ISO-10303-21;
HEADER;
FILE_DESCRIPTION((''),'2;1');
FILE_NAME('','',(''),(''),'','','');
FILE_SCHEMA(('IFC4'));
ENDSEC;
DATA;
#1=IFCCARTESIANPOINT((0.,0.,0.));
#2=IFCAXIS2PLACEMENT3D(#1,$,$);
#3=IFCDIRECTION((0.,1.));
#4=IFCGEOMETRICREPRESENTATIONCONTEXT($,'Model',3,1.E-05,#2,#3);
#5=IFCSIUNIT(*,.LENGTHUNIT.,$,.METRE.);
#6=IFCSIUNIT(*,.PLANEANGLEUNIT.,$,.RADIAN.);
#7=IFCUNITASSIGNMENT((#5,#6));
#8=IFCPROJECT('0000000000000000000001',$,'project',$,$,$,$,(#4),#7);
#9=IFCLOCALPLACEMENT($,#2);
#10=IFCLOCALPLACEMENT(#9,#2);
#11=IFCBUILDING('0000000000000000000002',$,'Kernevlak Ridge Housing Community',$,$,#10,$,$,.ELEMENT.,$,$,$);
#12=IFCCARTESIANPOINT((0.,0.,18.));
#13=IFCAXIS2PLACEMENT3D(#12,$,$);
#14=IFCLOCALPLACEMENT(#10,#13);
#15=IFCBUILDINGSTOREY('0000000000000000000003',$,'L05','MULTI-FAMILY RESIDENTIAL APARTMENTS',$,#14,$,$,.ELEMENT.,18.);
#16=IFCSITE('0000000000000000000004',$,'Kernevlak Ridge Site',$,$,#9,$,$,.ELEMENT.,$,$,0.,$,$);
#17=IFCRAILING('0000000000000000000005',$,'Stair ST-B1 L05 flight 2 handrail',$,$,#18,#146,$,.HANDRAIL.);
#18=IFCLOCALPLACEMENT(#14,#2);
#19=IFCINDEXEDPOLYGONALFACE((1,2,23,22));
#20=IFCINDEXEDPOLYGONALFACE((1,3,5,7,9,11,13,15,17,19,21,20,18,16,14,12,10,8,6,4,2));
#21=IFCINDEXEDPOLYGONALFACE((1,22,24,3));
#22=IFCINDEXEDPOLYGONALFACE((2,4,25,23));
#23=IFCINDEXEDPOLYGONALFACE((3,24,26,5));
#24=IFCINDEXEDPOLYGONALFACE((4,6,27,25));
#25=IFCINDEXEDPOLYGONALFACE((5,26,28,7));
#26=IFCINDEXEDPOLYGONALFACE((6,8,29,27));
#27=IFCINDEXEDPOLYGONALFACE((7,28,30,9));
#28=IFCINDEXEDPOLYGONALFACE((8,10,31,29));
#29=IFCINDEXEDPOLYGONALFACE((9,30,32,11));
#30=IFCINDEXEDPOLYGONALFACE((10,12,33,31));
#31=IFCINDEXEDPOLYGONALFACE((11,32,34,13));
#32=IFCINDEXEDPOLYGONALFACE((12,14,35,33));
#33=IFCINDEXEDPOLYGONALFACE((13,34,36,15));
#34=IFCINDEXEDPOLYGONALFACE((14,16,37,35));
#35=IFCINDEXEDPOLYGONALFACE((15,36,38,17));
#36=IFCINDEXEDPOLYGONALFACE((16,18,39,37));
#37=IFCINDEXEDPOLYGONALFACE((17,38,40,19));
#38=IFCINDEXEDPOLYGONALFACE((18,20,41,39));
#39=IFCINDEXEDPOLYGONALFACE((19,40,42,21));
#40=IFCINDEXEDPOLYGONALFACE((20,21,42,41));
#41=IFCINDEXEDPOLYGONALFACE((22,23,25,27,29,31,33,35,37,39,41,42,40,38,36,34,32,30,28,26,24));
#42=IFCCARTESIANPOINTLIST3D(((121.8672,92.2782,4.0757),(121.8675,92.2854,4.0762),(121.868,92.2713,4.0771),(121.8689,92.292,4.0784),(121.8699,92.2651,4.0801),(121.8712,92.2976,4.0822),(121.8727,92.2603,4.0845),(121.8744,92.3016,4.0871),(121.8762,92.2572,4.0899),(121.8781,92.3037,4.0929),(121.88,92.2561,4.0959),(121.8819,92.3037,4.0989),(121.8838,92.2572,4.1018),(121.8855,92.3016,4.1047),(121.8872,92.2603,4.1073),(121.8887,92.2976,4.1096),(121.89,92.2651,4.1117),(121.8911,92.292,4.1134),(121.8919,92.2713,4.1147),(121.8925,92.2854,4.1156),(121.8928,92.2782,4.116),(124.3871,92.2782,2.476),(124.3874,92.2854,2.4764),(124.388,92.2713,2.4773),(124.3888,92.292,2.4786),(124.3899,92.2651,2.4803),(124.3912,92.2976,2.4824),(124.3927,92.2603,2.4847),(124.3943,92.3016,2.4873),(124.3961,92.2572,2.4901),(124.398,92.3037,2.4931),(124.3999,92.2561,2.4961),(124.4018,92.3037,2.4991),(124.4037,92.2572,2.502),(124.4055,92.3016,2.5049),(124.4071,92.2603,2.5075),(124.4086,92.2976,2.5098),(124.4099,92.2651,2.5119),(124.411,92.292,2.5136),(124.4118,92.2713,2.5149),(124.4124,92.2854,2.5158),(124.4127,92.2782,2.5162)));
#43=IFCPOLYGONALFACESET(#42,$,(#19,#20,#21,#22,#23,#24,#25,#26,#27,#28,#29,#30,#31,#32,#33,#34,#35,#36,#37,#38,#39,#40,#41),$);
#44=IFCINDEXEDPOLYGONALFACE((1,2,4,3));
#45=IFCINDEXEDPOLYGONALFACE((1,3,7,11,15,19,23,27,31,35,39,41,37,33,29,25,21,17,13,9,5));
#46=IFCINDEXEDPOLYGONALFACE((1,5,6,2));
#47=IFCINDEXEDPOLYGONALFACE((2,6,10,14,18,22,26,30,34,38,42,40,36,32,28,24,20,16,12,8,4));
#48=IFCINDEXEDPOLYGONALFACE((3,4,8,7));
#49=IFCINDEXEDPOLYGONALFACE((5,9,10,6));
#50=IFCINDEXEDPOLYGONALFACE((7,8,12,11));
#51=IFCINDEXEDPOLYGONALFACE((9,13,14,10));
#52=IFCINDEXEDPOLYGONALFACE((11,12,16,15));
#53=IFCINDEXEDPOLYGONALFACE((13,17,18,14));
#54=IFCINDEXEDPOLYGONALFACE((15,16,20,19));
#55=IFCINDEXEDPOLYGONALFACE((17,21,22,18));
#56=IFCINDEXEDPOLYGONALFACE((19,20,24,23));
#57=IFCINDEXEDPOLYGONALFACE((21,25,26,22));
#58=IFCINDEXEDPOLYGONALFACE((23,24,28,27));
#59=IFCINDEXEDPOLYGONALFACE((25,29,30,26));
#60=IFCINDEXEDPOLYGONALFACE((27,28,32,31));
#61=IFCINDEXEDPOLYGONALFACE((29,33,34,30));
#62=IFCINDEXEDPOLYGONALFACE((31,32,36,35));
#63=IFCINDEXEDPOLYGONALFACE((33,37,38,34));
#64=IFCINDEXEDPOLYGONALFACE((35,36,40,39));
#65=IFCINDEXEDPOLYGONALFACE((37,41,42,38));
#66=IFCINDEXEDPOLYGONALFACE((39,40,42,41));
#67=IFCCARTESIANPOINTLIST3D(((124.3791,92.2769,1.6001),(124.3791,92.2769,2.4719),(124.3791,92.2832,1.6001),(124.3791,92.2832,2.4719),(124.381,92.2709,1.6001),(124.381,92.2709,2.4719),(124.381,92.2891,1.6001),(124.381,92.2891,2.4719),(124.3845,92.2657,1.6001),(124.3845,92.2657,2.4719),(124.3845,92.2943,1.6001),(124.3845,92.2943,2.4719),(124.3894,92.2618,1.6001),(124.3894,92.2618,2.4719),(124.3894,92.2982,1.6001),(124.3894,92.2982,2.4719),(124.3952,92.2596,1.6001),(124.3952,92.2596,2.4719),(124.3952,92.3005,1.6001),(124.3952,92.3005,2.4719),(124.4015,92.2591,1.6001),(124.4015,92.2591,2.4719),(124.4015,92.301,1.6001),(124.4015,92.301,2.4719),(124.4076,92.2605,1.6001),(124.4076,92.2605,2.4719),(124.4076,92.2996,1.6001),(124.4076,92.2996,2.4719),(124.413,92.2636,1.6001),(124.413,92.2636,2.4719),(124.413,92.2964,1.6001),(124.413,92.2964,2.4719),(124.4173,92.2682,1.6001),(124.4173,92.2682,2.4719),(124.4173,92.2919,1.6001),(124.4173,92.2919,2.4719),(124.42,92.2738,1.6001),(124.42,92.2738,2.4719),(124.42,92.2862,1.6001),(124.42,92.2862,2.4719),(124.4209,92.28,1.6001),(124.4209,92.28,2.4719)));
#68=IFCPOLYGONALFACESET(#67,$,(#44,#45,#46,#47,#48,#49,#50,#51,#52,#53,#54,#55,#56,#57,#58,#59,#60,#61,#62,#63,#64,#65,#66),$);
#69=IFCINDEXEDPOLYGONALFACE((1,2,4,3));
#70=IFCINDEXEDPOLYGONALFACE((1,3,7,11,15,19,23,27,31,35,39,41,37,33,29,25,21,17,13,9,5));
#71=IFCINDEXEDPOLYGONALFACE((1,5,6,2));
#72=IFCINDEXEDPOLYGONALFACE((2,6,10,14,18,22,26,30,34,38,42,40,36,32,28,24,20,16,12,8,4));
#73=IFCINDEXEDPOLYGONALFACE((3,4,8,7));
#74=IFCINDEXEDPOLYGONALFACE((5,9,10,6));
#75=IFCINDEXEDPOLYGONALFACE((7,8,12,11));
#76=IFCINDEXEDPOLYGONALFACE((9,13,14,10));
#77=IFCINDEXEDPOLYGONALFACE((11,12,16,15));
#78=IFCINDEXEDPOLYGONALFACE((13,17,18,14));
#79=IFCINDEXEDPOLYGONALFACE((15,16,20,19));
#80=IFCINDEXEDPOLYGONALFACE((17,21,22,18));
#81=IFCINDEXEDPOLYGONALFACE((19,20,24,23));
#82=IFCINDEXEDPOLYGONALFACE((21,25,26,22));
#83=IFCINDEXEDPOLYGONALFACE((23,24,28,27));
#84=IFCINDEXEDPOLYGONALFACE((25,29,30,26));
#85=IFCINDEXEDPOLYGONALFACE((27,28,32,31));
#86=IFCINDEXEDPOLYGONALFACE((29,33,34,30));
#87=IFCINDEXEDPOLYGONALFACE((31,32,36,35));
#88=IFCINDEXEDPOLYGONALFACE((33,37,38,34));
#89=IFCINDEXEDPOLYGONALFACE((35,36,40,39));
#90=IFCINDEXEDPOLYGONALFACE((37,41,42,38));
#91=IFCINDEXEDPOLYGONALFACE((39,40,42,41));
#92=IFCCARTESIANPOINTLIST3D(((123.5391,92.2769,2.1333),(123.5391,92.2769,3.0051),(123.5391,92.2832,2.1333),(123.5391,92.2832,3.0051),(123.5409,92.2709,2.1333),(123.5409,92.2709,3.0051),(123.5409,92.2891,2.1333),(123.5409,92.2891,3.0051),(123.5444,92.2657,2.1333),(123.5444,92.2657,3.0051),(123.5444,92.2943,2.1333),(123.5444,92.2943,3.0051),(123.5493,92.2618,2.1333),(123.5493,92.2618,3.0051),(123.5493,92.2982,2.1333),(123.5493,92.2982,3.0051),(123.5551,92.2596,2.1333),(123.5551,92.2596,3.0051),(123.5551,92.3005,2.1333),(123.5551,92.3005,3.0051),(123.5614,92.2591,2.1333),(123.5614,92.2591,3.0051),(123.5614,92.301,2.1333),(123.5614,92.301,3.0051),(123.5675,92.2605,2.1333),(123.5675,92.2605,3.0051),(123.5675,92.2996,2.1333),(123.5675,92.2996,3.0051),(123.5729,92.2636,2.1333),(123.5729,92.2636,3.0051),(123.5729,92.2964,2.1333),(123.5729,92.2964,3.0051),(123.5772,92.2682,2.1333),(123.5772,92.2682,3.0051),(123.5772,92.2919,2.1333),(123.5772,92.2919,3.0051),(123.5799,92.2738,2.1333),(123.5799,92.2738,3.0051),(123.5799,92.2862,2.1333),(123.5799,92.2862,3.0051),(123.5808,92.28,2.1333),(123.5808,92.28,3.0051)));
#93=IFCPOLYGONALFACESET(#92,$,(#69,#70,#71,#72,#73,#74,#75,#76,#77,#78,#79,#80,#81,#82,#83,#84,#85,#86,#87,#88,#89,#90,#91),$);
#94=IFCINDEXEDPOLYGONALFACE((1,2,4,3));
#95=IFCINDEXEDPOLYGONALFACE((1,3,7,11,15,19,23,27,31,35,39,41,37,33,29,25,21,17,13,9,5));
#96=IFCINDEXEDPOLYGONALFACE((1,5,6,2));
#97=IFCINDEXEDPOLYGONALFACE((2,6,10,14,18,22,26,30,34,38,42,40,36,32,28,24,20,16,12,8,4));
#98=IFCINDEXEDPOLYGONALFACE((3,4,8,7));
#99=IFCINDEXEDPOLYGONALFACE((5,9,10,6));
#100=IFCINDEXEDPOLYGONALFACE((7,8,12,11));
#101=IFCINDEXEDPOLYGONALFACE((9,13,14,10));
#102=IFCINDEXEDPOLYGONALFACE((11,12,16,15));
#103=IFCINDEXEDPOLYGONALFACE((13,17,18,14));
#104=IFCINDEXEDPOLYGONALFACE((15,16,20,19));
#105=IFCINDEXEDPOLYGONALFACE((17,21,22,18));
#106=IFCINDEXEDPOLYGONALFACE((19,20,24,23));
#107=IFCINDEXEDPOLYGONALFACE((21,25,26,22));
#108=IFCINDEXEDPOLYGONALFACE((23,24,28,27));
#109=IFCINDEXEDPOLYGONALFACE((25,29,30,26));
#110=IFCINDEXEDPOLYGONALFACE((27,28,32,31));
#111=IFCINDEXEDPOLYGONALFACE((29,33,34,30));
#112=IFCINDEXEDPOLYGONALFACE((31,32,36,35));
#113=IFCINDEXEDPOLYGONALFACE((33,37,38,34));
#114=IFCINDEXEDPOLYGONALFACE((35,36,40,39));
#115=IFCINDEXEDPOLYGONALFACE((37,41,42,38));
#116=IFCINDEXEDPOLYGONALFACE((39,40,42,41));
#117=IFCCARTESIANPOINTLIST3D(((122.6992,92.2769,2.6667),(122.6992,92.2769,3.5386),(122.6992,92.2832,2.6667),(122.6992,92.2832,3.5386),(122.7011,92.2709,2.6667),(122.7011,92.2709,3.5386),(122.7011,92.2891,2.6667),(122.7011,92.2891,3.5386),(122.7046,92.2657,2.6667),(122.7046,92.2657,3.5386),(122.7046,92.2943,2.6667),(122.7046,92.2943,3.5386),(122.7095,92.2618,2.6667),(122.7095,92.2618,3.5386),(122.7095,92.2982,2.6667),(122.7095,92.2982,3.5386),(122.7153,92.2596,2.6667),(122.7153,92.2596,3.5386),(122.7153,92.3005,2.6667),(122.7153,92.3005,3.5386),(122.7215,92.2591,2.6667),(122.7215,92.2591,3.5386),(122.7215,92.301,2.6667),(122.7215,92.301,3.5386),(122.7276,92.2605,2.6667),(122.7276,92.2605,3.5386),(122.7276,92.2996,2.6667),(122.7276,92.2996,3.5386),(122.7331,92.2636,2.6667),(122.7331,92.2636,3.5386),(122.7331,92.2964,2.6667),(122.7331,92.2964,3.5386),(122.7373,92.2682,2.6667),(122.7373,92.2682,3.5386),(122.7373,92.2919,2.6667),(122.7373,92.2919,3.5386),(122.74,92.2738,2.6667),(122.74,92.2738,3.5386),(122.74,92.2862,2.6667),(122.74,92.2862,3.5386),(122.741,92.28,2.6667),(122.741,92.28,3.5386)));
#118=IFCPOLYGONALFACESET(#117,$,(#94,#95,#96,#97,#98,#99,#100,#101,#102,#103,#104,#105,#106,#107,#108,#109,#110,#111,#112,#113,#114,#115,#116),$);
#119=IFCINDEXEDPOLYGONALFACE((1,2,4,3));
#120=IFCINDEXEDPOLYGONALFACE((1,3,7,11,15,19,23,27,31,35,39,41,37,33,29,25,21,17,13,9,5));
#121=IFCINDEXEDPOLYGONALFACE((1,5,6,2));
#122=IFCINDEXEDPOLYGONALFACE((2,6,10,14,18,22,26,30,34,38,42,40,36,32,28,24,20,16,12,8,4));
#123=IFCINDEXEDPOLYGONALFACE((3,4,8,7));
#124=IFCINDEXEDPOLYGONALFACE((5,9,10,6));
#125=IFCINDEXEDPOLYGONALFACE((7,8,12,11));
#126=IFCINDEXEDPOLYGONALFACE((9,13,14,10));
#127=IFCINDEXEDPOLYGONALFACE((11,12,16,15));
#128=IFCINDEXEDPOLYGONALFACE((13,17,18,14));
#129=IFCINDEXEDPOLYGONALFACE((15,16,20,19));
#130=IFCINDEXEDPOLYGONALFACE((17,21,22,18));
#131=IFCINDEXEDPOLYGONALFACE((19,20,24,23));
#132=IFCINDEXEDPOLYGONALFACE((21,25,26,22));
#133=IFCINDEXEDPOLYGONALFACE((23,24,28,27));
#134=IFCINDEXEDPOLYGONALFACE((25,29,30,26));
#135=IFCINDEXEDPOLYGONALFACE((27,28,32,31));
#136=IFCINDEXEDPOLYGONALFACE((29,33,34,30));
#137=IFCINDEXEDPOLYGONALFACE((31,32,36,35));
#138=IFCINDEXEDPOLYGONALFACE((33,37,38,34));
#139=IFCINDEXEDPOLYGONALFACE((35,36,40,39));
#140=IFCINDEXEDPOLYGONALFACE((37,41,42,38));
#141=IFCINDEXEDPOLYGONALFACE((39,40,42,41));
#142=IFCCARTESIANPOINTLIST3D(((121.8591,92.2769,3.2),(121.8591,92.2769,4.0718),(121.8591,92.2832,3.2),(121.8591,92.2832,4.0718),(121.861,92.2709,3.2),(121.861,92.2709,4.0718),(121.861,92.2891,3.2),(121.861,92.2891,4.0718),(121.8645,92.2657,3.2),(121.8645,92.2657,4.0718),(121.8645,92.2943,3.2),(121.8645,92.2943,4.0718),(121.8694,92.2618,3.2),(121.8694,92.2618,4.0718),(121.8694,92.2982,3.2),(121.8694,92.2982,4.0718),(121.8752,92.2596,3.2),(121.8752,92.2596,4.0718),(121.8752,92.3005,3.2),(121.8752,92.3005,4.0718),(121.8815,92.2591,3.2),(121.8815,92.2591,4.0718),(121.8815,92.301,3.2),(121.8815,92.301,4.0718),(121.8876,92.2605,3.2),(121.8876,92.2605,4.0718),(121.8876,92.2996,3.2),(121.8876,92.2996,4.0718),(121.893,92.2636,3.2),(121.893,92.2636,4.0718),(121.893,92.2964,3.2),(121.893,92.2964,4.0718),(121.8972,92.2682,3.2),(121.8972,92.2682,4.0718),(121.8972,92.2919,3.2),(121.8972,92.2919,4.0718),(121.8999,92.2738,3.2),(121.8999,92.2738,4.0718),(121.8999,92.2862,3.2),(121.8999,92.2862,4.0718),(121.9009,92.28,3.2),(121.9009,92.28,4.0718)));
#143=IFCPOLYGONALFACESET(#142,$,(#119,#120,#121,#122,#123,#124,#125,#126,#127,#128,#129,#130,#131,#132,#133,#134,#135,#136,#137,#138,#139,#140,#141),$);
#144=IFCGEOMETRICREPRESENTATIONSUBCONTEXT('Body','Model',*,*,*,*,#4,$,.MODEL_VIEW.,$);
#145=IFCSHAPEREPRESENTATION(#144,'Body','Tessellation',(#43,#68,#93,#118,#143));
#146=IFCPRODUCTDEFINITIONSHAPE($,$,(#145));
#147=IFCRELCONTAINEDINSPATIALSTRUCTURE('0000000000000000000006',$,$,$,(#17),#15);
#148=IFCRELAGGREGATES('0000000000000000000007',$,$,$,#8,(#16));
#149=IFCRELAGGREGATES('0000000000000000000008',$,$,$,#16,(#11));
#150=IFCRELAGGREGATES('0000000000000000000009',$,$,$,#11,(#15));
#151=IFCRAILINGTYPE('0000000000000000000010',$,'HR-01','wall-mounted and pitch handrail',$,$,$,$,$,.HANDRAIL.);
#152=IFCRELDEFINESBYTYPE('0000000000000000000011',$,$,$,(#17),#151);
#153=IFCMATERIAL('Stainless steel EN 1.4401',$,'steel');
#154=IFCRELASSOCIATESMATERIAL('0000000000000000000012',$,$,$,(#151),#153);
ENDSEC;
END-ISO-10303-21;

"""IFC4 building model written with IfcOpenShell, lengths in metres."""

from ifc_helpers import new_model, si_unit, direction, frame, origin, origin_2d, place, context, subcontext, project, spatial, circle, extrude, material, type_object, element, save


model = new_model("IFC4")

# Units and contexts
model_context = context("Model", 3, precision=1e-05, world=origin(), true_north=direction((0.0, 1.0)))
body_context = subcontext(model_context, "Body", "Model", "MODEL_VIEW")
ifc_project = project(units=[si_unit("LENGTHUNIT", "METRE"), si_unit("PLANEANGLEUNIT", "RADIAN")], contexts=[model_context])

# Site, building, storey
site_placement = place(None, origin())
site = spatial("IfcSite", under=ifc_project, at=site_placement, Name="Kernevlak Ridge Site", CompositionType="ELEMENT", RefElevation=0.0)
building_placement = place(site_placement, origin())
building = spatial("IfcBuilding", under=site, at=building_placement, Name="Kernevlak Ridge Housing Community", CompositionType="ELEMENT")
storey_placement = place(building_placement, frame((0.0, 0.0, 18.0)))
storey = spatial("IfcBuildingStorey", under=building, at=storey_placement, Name="L05", Description="MULTI-FAMILY RESIDENTIAL APARTMENTS", CompositionType="ELEMENT", Elevation=18.0)

# Shared definitions
ifc_material_1 = material(Name="Stainless steel EN 1.4401", Category="steel")

# Railing
railing_type_1 = type_object("IfcRailingType", Name="HR-01", Description="wall-mounted and pitch handrail", PredefinedType="HANDRAIL", material=ifc_material_1)
railing_1_placement = place(storey_placement, frame((124.3999, 92.28, 1.6001)))
element("IfcRailing", 1, at=railing_1_placement, inside=storey, type_object=railing_type_1, Name="Stair ST-B1 L05 flight 2 handrail", PredefinedType="HANDRAIL", context=body_context, shape_type="SweptSolid", body=[
    extrude(circle(Radius=0.0239, at=origin_2d()), frame((0.0, 0.0, 0.896), z_axis=(-0.844237, 0.0, 0.53597), x_axis=(0.0, -1.0, 0.0)), (0.0, 0.0, 1.0), 2.9849),
    extrude(circle(Radius=0.021, at=origin_2d()), origin(), (0.0, 0.0, 1.0), 0.8718),
    extrude(circle(Radius=0.021, at=origin_2d()), frame((-0.8401, 0.0, 0.5332)), (0.0, 0.0, 1.0), 0.8718),
    extrude(circle(Radius=0.021, at=origin_2d()), frame((-1.6799, 0.0, 1.0667)), (0.0, 0.0, 1.0), 0.8718),
    extrude(circle(Radius=0.021, at=origin_2d()), frame((-2.52, 0.0, 1.5999)), (0.0, 0.0, 1.0), 0.8718),
])

save(model, "model.ifc")
